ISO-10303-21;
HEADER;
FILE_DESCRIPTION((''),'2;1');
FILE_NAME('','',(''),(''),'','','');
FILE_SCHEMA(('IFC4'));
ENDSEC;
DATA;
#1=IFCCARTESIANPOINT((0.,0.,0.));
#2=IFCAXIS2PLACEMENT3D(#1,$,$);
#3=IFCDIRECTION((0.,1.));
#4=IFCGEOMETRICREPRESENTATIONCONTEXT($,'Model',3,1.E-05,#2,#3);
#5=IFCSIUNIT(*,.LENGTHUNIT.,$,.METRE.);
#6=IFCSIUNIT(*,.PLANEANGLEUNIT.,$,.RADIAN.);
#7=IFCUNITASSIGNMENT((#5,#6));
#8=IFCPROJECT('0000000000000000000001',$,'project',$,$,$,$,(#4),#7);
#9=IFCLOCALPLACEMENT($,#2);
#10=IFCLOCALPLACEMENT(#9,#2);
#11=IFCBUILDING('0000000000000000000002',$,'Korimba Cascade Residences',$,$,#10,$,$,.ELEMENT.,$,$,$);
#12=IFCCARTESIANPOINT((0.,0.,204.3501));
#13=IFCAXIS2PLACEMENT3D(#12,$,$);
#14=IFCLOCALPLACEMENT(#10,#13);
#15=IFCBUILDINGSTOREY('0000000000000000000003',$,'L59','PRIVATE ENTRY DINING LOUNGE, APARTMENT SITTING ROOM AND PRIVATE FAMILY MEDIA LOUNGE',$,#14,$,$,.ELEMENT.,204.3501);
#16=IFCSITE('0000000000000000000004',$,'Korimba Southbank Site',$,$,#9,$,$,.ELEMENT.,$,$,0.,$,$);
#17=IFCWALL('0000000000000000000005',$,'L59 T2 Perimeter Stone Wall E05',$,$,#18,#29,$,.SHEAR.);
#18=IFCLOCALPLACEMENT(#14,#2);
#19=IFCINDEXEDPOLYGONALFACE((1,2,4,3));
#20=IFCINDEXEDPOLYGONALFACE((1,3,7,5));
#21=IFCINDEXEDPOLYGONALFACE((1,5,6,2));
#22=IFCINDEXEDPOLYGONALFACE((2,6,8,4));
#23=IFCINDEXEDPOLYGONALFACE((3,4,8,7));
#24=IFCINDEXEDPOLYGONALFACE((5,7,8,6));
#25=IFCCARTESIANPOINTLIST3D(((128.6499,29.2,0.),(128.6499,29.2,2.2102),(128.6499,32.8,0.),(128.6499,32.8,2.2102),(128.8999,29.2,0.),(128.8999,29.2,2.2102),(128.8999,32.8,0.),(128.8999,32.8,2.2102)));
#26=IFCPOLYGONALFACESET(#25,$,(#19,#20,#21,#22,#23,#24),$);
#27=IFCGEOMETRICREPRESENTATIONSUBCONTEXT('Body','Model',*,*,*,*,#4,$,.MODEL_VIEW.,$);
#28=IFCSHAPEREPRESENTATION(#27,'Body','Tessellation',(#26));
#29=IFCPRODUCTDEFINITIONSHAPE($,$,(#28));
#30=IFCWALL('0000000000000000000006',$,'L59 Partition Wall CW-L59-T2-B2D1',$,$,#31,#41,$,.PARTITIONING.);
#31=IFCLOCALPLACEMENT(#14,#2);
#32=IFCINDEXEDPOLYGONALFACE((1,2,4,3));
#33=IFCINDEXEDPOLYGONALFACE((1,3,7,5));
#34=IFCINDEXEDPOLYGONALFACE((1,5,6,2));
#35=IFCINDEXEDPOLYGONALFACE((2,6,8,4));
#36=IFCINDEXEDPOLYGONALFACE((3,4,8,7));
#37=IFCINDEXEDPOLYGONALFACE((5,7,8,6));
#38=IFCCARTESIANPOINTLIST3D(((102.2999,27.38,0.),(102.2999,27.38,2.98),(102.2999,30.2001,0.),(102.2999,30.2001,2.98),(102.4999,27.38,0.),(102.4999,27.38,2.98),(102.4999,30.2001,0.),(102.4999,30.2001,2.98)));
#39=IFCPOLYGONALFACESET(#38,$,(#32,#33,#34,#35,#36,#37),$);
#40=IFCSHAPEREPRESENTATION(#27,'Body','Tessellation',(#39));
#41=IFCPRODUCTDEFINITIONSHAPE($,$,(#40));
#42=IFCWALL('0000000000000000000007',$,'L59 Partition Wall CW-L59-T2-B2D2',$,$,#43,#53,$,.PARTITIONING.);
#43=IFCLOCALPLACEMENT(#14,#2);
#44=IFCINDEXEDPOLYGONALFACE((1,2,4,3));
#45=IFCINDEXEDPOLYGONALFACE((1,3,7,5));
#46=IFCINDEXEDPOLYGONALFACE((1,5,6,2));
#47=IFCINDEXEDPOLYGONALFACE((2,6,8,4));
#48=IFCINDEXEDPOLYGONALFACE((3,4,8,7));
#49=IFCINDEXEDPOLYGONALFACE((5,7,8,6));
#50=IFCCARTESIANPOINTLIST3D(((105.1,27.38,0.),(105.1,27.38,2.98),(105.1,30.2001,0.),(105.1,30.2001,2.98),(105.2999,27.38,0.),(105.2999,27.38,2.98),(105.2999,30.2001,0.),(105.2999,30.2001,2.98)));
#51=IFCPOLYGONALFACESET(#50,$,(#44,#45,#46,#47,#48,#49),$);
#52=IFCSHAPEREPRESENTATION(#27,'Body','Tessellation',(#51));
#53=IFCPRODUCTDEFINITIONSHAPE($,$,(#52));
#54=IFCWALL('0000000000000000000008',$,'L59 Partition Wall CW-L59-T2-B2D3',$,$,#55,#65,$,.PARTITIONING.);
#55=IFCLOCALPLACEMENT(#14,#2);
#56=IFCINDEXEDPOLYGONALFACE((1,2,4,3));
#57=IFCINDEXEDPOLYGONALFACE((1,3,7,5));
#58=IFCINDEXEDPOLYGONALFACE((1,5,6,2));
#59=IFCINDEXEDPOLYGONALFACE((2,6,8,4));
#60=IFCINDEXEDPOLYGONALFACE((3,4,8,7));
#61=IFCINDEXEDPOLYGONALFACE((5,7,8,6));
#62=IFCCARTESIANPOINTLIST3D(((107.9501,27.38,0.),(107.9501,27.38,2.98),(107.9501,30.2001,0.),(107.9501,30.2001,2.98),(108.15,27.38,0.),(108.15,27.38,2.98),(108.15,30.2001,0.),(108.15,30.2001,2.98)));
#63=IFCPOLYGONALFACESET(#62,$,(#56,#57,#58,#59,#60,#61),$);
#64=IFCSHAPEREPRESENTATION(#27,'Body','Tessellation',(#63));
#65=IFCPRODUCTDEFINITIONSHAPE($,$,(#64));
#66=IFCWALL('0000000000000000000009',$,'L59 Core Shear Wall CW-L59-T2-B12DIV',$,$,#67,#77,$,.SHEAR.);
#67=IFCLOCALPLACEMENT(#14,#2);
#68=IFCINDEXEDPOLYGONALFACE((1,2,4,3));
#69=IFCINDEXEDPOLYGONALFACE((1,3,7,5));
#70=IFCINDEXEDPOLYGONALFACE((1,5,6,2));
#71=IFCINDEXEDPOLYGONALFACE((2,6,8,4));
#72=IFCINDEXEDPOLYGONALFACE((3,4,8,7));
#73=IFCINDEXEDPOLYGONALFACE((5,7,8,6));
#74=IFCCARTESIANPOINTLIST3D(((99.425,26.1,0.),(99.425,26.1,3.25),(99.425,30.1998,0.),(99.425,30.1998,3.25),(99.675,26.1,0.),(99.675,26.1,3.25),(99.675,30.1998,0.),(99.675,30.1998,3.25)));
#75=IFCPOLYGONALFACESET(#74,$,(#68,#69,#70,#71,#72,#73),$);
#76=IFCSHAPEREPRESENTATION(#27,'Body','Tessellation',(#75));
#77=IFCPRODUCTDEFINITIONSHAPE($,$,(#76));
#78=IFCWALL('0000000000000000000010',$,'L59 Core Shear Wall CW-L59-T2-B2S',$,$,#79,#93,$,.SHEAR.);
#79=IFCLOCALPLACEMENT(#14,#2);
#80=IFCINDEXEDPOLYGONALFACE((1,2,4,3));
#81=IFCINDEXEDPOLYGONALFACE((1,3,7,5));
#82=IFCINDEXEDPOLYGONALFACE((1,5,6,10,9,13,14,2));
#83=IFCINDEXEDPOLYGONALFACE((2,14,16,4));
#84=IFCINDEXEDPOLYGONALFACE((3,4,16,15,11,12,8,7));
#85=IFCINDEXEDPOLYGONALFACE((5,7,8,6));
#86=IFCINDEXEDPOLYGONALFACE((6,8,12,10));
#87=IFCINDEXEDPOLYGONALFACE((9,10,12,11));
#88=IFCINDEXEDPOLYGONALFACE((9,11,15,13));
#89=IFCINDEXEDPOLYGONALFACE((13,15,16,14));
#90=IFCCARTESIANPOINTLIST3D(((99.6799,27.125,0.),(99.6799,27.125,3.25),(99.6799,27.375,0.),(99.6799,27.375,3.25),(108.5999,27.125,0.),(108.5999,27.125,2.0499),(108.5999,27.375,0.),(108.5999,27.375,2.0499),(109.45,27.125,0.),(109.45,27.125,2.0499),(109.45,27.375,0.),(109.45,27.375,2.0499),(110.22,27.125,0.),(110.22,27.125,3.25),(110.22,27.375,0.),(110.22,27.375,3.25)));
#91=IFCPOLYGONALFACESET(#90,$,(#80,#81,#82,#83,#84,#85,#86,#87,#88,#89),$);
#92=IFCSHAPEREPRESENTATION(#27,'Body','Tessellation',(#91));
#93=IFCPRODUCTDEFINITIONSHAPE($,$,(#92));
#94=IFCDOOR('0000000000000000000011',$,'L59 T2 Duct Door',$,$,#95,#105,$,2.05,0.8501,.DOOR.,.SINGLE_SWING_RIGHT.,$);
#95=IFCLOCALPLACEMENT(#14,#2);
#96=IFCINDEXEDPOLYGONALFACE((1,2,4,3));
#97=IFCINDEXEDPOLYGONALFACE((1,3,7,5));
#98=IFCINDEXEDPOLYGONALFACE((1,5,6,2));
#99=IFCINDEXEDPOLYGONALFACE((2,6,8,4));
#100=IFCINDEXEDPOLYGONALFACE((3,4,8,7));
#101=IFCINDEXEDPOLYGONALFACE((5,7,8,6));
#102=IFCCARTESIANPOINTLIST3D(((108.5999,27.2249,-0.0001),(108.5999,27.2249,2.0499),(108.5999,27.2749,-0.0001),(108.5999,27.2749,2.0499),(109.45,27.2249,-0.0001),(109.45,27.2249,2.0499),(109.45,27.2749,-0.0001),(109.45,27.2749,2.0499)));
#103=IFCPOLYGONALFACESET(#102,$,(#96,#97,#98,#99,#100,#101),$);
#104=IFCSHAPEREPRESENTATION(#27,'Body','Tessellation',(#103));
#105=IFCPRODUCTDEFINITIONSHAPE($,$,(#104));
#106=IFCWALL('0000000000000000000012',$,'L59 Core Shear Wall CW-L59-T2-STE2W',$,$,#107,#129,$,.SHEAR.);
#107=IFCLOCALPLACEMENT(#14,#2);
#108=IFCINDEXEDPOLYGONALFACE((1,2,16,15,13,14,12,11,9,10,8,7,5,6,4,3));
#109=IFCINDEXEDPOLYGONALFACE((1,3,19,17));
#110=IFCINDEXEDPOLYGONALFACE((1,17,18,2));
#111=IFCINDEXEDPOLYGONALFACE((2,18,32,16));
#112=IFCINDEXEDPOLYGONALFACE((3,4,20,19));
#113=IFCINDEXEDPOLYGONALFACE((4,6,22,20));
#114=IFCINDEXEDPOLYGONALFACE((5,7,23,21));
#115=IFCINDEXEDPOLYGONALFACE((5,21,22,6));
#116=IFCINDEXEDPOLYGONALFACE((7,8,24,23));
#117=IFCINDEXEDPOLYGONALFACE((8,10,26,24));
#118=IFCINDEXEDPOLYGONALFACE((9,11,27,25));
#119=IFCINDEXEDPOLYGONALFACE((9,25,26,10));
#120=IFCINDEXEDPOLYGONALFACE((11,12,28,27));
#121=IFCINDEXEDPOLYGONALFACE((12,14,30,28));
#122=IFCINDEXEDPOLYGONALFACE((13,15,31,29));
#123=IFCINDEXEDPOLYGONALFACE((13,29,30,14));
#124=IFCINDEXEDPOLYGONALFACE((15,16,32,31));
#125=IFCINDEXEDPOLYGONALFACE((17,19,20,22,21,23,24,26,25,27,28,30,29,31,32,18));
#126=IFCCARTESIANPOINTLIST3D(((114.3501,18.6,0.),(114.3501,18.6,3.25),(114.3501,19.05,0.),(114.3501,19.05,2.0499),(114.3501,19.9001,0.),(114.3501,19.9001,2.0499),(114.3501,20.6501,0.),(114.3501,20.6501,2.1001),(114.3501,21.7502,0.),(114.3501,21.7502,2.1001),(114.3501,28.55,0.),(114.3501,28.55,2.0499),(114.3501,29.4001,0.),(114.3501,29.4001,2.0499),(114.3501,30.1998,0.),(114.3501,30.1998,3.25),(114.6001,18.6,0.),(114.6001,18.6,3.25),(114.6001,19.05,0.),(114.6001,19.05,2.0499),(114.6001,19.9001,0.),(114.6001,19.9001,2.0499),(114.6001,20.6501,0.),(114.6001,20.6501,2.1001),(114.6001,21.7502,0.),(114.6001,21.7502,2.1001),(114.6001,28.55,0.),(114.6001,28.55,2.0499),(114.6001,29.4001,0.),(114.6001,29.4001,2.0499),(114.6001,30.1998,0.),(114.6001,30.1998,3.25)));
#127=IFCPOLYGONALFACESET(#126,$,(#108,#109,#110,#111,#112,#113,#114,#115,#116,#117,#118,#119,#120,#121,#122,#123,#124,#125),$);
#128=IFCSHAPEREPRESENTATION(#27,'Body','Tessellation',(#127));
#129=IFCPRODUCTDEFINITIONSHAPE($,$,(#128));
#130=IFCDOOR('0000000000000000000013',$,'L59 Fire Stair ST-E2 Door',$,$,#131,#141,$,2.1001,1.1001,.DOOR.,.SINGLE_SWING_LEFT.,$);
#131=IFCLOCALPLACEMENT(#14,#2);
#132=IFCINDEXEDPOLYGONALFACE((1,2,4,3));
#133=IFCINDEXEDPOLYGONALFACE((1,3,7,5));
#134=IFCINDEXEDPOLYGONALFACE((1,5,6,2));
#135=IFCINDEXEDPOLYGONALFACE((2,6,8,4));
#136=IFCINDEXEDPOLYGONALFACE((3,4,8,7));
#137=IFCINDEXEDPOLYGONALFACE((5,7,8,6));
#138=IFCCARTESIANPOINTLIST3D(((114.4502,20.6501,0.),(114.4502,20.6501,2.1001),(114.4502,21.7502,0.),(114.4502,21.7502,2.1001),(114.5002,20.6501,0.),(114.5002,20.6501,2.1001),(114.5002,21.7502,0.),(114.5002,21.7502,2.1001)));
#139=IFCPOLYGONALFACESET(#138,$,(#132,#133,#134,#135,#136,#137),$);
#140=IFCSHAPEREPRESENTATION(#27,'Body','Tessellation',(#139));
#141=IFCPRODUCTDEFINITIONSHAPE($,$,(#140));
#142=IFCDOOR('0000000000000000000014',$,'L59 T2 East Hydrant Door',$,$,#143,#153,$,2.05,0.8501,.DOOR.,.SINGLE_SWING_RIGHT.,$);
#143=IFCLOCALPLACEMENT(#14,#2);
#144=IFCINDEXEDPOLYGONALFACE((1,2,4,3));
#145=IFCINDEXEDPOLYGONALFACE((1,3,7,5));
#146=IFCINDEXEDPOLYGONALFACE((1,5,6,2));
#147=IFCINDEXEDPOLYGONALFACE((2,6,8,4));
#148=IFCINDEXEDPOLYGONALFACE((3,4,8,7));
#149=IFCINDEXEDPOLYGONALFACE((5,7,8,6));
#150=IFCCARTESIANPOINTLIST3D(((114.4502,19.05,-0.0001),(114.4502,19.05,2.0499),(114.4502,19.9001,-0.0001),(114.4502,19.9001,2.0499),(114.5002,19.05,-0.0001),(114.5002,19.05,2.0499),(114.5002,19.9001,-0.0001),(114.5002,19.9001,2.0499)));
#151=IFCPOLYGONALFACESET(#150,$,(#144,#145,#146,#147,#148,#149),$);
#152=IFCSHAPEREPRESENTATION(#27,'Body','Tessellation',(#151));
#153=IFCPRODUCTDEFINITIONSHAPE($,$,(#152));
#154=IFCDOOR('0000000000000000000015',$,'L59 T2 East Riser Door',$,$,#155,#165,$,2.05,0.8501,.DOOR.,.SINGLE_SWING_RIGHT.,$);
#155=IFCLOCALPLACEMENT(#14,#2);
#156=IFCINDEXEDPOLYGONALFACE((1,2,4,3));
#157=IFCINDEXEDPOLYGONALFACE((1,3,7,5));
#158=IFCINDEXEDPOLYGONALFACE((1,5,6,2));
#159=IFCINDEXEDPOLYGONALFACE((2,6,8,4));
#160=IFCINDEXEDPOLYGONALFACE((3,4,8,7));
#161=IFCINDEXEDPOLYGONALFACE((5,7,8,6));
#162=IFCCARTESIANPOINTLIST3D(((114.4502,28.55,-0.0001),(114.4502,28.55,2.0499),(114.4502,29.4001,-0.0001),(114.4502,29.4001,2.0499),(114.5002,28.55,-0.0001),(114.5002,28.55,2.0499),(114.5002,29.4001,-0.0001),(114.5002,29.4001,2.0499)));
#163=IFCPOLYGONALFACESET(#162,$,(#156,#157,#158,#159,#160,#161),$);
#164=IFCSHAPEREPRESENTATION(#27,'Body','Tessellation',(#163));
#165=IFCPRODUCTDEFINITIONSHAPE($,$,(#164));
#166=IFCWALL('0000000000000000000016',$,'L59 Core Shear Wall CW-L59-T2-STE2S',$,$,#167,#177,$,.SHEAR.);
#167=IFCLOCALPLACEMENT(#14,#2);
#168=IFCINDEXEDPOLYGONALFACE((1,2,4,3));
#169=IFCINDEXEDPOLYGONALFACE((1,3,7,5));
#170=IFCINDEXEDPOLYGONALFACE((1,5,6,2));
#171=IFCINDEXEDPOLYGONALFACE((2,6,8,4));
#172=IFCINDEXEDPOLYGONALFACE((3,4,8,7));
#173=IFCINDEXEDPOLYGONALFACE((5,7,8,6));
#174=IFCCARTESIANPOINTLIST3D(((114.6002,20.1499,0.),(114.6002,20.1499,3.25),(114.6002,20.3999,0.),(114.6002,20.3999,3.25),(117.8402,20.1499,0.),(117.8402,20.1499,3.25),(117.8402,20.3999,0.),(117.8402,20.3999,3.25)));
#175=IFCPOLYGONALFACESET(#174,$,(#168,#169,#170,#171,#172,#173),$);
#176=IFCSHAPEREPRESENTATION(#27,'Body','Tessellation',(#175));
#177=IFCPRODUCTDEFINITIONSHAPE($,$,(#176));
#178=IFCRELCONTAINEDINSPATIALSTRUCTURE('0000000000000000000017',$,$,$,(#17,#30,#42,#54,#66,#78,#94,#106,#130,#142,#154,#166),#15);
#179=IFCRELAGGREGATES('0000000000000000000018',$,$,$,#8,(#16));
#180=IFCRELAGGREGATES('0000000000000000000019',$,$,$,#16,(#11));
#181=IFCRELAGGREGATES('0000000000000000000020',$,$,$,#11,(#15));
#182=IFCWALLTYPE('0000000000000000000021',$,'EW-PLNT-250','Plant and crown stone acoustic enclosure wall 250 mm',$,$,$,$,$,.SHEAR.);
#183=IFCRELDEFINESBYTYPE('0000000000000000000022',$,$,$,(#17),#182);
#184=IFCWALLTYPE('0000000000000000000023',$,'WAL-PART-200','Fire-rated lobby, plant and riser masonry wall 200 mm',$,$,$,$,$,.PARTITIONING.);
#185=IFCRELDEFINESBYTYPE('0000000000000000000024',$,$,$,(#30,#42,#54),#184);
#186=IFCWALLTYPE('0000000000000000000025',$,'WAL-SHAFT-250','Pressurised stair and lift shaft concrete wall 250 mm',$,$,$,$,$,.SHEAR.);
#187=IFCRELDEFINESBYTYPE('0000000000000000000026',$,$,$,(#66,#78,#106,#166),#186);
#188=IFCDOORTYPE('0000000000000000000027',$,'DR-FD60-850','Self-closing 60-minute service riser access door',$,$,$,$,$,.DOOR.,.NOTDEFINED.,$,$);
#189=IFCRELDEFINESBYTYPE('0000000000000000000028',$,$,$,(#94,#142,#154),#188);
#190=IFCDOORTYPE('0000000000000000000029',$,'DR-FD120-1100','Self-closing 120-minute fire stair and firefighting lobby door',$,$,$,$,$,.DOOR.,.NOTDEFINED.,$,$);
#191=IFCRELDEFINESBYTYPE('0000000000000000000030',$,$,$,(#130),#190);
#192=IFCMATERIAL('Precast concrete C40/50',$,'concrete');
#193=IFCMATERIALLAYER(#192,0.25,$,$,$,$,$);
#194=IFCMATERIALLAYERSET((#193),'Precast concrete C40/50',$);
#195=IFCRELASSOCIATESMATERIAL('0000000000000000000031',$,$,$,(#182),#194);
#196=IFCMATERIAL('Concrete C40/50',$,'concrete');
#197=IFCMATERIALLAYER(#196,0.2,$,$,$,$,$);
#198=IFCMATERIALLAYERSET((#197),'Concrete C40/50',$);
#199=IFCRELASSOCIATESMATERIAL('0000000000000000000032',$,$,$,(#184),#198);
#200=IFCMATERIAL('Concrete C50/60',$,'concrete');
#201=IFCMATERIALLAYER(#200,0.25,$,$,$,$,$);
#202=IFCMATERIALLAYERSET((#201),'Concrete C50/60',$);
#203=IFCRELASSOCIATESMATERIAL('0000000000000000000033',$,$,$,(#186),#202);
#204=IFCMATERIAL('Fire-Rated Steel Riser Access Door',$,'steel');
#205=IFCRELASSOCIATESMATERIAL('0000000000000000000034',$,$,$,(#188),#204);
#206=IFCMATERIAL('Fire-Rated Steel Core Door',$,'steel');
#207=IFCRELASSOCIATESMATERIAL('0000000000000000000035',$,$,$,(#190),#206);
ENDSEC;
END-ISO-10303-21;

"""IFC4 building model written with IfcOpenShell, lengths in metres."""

from ifc_helpers import new_model, si_unit, direction, frame, frame_2d, origin, place, context, subcontext, project, spatial, rectangle, extrude, material, layer, layer_set, type_object, element, fill, save


model = new_model("IFC4")

# Units and contexts
model_context = context("Model", 3, precision=1e-05, world=origin(), true_north=direction((0.0, 1.0)))
body_context = subcontext(model_context, "Body", "Model", "MODEL_VIEW")
ifc_project = project(units=[si_unit("LENGTHUNIT", "METRE"), si_unit("PLANEANGLEUNIT", "RADIAN")], contexts=[model_context])

# Site, building, storey
site_placement = place(None, origin())
site = spatial("IfcSite", under=ifc_project, at=site_placement, Name="Korimba Southbank Site", CompositionType="ELEMENT", RefElevation=0.0)
building_placement = place(site_placement, origin())
building = spatial("IfcBuilding", under=site, at=building_placement, Name="Korimba Cascade Residences", CompositionType="ELEMENT")
storey_placement = place(building_placement, frame((0.0, 0.0, 204.3501)))
storey = spatial("IfcBuildingStorey", under=building, at=storey_placement, Name="L59", Description="PRIVATE ENTRY DINING LOUNGE, APARTMENT SITTING ROOM AND PRIVATE FAMILY MEDIA LOUNGE", CompositionType="ELEMENT", Elevation=204.3501)

# Walls
ifc_material_1 = material(Name="Precast concrete C40/50", Category="concrete")
ifc_layer_1 = layer(ifc_material_1, 0.25)
ifc_layer_set_1 = layer_set([ifc_layer_1], Name="Precast concrete C40/50")
wall_type_1 = type_object("IfcWallType", Name="EW-PLNT-250", Description="Plant and crown stone acoustic enclosure wall 250 mm", PredefinedType="SHEAR", material=ifc_layer_set_1)
wall_1_placement = place(storey_placement, frame((128.7749, 29.2, 0.0), z_axis=(0.0, 0.0, 1.0), x_axis=(0.0, 1.0, 0.0)))
element("IfcWall", 1, at=wall_1_placement, inside=storey, type_object=wall_type_1, Name="L59 T2 Perimeter Stone Wall E05", PredefinedType="SHEAR", context=body_context, shape_type="SweptSolid", body=[
    extrude(rectangle(XDim=3.6001, YDim=0.25, at=frame_2d((1.8, 0.0))), origin(), (0.0, 0.0, 1.0), 2.2102),
])
ifc_material_2 = material(Name="Concrete C40/50", Category="concrete")
ifc_layer_2 = layer(ifc_material_2, 0.2)
ifc_layer_set_2 = layer_set([ifc_layer_2], Name="Concrete C40/50")
wall_type_2 = type_object("IfcWallType", Name="WAL-PART-200", Description="Fire-rated lobby, plant and riser masonry wall 200 mm", PredefinedType="PARTITIONING", material=ifc_layer_set_2)
for number, where, z_axis, x_axis, name in (
    (2, (102.3999, 27.3799, 0.0), (0.0, 0.0, 1.0), (0.0, 1.0, 0.0), "L59 Partition Wall CW-L59-T2-B2D1"),
    (3, (105.2, 27.3799, 0.0), (0.0, 0.0, 1.0), (0.0, 1.0, 0.0), "L59 Partition Wall CW-L59-T2-B2D2"),
    (4, (108.05, 27.3799, 0.0), (0.0, 0.0, 1.0), (0.0, 1.0, 0.0), "L59 Partition Wall CW-L59-T2-B2D3"),
):
    element("IfcWall", number, at=place(storey_placement, frame(where, z_axis=z_axis, x_axis=x_axis)), inside=storey, type_object=wall_type_2, Name=name, PredefinedType="PARTITIONING", context=body_context, shape_type="SweptSolid", body=[
        extrude(rectangle(XDim=2.8201, YDim=0.2, at=frame_2d((1.4102, 0.0))), origin(), (0.0, 0.0, 1.0), 2.98),
    ])
ifc_material_3 = material(Name="Concrete C50/60", Category="concrete")
ifc_layer_3 = layer(ifc_material_3, 0.25)
ifc_layer_set_3 = layer_set([ifc_layer_3], Name="Concrete C50/60")
wall_type_3 = type_object("IfcWallType", Name="WAL-SHAFT-250", Description="Pressurised stair and lift shaft concrete wall 250 mm", PredefinedType="SHEAR", material=ifc_layer_set_3)
wall_2_placement = place(storey_placement, frame((99.55, 26.1001, 0.0), z_axis=(0.0, 0.0, 1.0), x_axis=(0.0, 1.0, 0.0)))
element("IfcWall", 5, at=wall_2_placement, inside=storey, type_object=wall_type_3, Name="L59 Core Shear Wall CW-L59-T2-B12DIV", PredefinedType="SHEAR", context=body_context, shape_type="SweptSolid", body=[
    extrude(rectangle(XDim=4.0999, YDim=0.25, at=frame_2d((2.0498, 0.0))), origin(), (0.0, 0.0, 1.0), 3.25),
])

# Wall, opening, door
wall_3_placement = place(storey_placement, frame((99.6799, 27.25, 0.0), z_axis=(0.0, 0.0, 1.0), x_axis=(1.0, 0.0, 0.0)))
wall_3 = element("IfcWall", 6, at=wall_3_placement, inside=storey, type_object=wall_type_3, Name="L59 Core Shear Wall CW-L59-T2-B2S", PredefinedType="SHEAR", context=body_context, shape_type="SweptSolid", body=[
    extrude(rectangle(XDim=10.54, YDim=0.25, at=frame_2d((5.27, 0.0))), origin(), (0.0, 0.0, 1.0), 3.25),
])
opening_1_placement = place(wall_3_placement, frame((8.9199, 0.0, 0.0)))
opening_1 = element("IfcOpeningElement", 7, at=opening_1_placement, cuts=wall_3, PredefinedType="OPENING", context=body_context, shape_type="SweptSolid", body=[
    extrude(rectangle(XDim=0.8501, YDim=2.05, at=frame_2d((0.425, 1.0249))), frame((0.0, 0.135, 0.0), z_axis=(0.0, -1.0, 0.0), x_axis=(1.0, 0.0, 0.0)), (0.0, 0.0, 1.0), 0.27),
])
ifc_material_4 = material(Name="Fire-Rated Steel Riser Access Door", Category="steel")
door_type_1 = type_object("IfcDoorType", Name="DR-FD60-850", Description="Self-closing 60-minute service riser access door", OperationType="NOTDEFINED", PredefinedType="DOOR", material=ifc_material_4)
door_1_placement = place(opening_1_placement, origin())
door_1 = element("IfcDoor", 8, at=door_1_placement, inside=storey, type_object=door_type_1, Name="L59 T2 Duct Door", OperationType="SINGLE_SWING_RIGHT", OverallHeight=2.05, OverallWidth=0.8501, PredefinedType="DOOR", context=body_context, shape_type="SweptSolid", body=[
    extrude(rectangle(XDim=0.8501, YDim=2.05, at=frame_2d((0.425, 1.0249))), frame((0.0, 0.0249, 0.0), z_axis=(0.0, -1.0, 0.0), x_axis=(1.0, 0.0, 0.0)), (0.0, 0.0, 1.0), 0.05),
])
fill(opening_1, door_1)

# Wall, openings, doors
wall_4_placement = place(storey_placement, frame((114.4751, 18.6001, 0.0), z_axis=(0.0, 0.0, 1.0), x_axis=(0.0, 1.0, 0.0)))
wall_4 = element("IfcWall", 9, at=wall_4_placement, inside=storey, type_object=wall_type_3, Name="L59 Core Shear Wall CW-L59-T2-STE2W", PredefinedType="SHEAR", context=body_context, shape_type="SweptSolid", body=[
    extrude(rectangle(XDim=11.5999, YDim=0.25, at=frame_2d((5.7998, 0.0))), origin(), (0.0, 0.0, 1.0), 3.25),
])
opening_2_placement = place(wall_4_placement, frame((0.45, 0.0, 0.0)))
opening_2 = element("IfcOpeningElement", 10, at=opening_2_placement, cuts=wall_4, PredefinedType="OPENING", context=body_context, shape_type="SweptSolid", body=[
    extrude(rectangle(XDim=0.8501, YDim=2.05, at=frame_2d((0.425, 1.0249))), frame((0.0, 0.135, 0.0), z_axis=(0.0, -1.0, 0.0), x_axis=(1.0, 0.0, 0.0)), (0.0, 0.0, 1.0), 0.27),
])
opening_3_placement = place(wall_4_placement, frame((2.05, 0.0, 0.0)))
opening_3 = element("IfcOpeningElement", 11, at=opening_3_placement, cuts=wall_4, PredefinedType="OPENING", context=body_context, shape_type="SweptSolid", body=[
    extrude(rectangle(XDim=1.1001, YDim=2.1001, at=frame_2d((0.55, 1.05))), frame((0.0, 0.135, 0.0), z_axis=(0.0, -1.0, 0.0), x_axis=(1.0, 0.0, 0.0)), (0.0, 0.0, 1.0), 0.27),
])
opening_4_placement = place(wall_4_placement, frame((9.95, 0.0, 0.0)))
opening_4 = element("IfcOpeningElement", 12, at=opening_4_placement, cuts=wall_4, PredefinedType="OPENING", context=body_context, shape_type="SweptSolid", body=[
    extrude(rectangle(XDim=0.8501, YDim=2.05, at=frame_2d((0.425, 1.0249))), frame((0.0, 0.135, 0.0), z_axis=(0.0, -1.0, 0.0), x_axis=(1.0, 0.0, 0.0)), (0.0, 0.0, 1.0), 0.27),
])
ifc_material_5 = material(Name="Fire-Rated Steel Core Door", Category="steel")
door_type_2 = type_object("IfcDoorType", Name="DR-FD120-1100", Description="Self-closing 120-minute fire stair and firefighting lobby door", OperationType="NOTDEFINED", PredefinedType="DOOR", material=ifc_material_5)
door_2_placement = place(opening_3_placement, origin())
door_2 = element("IfcDoor", 13, at=door_2_placement, inside=storey, type_object=door_type_2, Name="L59 Fire Stair ST-E2 Door", OperationType="SINGLE_SWING_LEFT", OverallHeight=2.1001, OverallWidth=1.1001, PredefinedType="DOOR", context=body_context, shape_type="SweptSolid", body=[
    extrude(rectangle(XDim=1.1001, YDim=2.1001, at=frame_2d((0.55, 1.05))), frame((0.0, 0.0249, 0.0), z_axis=(0.0, -1.0, 0.0), x_axis=(1.0, 0.0, 0.0)), (0.0, 0.0, 1.0), 0.05),
])
fill(opening_3, door_2)
door_3_placement = place(opening_2_placement, origin())
door_3 = element("IfcDoor", 14, at=door_3_placement, inside=storey, type_object=door_type_1, Name="L59 T2 East Hydrant Door", OperationType="SINGLE_SWING_RIGHT", OverallHeight=2.05, OverallWidth=0.8501, PredefinedType="DOOR", context=body_context, shape_type="SweptSolid", body=[
    extrude(rectangle(XDim=0.8501, YDim=2.05, at=frame_2d((0.425, 1.0249))), frame((0.0, 0.0249, 0.0), z_axis=(0.0, -1.0, 0.0), x_axis=(1.0, 0.0, 0.0)), (0.0, 0.0, 1.0), 0.05),
])
fill(opening_2, door_3)
door_4_placement = place(opening_4_placement, origin())
door_4 = element("IfcDoor", 15, at=door_4_placement, inside=storey, type_object=door_type_1, Name="L59 T2 East Riser Door", OperationType="SINGLE_SWING_RIGHT", OverallHeight=2.05, OverallWidth=0.8501, PredefinedType="DOOR", context=body_context, shape_type="SweptSolid", body=[
    extrude(rectangle(XDim=0.8501, YDim=2.05, at=frame_2d((0.425, 1.0249))), frame((0.0, 0.0249, 0.0), z_axis=(0.0, -1.0, 0.0), x_axis=(1.0, 0.0, 0.0)), (0.0, 0.0, 1.0), 0.05),
])
fill(opening_4, door_4)

# Wall
for number, where, z_axis, x_axis, name in (
    (16, (114.6001, 20.2749, 0.0), (0.0, 0.0, 1.0), (1.0, 0.0, 0.0), "L59 Core Shear Wall CW-L59-T2-STE2S"),
):
    element("IfcWall", number, at=place(storey_placement, frame(where, z_axis=z_axis, x_axis=x_axis)), inside=storey, type_object=wall_type_3, Name=name, PredefinedType="SHEAR", context=body_context, shape_type="SweptSolid", body=[
        extrude(rectangle(XDim=3.24, YDim=0.25, at=frame_2d((1.6201, 0.0))), origin(), (0.0, 0.0, 1.0), 3.25),
    ])

save(model, "model.ifc")
